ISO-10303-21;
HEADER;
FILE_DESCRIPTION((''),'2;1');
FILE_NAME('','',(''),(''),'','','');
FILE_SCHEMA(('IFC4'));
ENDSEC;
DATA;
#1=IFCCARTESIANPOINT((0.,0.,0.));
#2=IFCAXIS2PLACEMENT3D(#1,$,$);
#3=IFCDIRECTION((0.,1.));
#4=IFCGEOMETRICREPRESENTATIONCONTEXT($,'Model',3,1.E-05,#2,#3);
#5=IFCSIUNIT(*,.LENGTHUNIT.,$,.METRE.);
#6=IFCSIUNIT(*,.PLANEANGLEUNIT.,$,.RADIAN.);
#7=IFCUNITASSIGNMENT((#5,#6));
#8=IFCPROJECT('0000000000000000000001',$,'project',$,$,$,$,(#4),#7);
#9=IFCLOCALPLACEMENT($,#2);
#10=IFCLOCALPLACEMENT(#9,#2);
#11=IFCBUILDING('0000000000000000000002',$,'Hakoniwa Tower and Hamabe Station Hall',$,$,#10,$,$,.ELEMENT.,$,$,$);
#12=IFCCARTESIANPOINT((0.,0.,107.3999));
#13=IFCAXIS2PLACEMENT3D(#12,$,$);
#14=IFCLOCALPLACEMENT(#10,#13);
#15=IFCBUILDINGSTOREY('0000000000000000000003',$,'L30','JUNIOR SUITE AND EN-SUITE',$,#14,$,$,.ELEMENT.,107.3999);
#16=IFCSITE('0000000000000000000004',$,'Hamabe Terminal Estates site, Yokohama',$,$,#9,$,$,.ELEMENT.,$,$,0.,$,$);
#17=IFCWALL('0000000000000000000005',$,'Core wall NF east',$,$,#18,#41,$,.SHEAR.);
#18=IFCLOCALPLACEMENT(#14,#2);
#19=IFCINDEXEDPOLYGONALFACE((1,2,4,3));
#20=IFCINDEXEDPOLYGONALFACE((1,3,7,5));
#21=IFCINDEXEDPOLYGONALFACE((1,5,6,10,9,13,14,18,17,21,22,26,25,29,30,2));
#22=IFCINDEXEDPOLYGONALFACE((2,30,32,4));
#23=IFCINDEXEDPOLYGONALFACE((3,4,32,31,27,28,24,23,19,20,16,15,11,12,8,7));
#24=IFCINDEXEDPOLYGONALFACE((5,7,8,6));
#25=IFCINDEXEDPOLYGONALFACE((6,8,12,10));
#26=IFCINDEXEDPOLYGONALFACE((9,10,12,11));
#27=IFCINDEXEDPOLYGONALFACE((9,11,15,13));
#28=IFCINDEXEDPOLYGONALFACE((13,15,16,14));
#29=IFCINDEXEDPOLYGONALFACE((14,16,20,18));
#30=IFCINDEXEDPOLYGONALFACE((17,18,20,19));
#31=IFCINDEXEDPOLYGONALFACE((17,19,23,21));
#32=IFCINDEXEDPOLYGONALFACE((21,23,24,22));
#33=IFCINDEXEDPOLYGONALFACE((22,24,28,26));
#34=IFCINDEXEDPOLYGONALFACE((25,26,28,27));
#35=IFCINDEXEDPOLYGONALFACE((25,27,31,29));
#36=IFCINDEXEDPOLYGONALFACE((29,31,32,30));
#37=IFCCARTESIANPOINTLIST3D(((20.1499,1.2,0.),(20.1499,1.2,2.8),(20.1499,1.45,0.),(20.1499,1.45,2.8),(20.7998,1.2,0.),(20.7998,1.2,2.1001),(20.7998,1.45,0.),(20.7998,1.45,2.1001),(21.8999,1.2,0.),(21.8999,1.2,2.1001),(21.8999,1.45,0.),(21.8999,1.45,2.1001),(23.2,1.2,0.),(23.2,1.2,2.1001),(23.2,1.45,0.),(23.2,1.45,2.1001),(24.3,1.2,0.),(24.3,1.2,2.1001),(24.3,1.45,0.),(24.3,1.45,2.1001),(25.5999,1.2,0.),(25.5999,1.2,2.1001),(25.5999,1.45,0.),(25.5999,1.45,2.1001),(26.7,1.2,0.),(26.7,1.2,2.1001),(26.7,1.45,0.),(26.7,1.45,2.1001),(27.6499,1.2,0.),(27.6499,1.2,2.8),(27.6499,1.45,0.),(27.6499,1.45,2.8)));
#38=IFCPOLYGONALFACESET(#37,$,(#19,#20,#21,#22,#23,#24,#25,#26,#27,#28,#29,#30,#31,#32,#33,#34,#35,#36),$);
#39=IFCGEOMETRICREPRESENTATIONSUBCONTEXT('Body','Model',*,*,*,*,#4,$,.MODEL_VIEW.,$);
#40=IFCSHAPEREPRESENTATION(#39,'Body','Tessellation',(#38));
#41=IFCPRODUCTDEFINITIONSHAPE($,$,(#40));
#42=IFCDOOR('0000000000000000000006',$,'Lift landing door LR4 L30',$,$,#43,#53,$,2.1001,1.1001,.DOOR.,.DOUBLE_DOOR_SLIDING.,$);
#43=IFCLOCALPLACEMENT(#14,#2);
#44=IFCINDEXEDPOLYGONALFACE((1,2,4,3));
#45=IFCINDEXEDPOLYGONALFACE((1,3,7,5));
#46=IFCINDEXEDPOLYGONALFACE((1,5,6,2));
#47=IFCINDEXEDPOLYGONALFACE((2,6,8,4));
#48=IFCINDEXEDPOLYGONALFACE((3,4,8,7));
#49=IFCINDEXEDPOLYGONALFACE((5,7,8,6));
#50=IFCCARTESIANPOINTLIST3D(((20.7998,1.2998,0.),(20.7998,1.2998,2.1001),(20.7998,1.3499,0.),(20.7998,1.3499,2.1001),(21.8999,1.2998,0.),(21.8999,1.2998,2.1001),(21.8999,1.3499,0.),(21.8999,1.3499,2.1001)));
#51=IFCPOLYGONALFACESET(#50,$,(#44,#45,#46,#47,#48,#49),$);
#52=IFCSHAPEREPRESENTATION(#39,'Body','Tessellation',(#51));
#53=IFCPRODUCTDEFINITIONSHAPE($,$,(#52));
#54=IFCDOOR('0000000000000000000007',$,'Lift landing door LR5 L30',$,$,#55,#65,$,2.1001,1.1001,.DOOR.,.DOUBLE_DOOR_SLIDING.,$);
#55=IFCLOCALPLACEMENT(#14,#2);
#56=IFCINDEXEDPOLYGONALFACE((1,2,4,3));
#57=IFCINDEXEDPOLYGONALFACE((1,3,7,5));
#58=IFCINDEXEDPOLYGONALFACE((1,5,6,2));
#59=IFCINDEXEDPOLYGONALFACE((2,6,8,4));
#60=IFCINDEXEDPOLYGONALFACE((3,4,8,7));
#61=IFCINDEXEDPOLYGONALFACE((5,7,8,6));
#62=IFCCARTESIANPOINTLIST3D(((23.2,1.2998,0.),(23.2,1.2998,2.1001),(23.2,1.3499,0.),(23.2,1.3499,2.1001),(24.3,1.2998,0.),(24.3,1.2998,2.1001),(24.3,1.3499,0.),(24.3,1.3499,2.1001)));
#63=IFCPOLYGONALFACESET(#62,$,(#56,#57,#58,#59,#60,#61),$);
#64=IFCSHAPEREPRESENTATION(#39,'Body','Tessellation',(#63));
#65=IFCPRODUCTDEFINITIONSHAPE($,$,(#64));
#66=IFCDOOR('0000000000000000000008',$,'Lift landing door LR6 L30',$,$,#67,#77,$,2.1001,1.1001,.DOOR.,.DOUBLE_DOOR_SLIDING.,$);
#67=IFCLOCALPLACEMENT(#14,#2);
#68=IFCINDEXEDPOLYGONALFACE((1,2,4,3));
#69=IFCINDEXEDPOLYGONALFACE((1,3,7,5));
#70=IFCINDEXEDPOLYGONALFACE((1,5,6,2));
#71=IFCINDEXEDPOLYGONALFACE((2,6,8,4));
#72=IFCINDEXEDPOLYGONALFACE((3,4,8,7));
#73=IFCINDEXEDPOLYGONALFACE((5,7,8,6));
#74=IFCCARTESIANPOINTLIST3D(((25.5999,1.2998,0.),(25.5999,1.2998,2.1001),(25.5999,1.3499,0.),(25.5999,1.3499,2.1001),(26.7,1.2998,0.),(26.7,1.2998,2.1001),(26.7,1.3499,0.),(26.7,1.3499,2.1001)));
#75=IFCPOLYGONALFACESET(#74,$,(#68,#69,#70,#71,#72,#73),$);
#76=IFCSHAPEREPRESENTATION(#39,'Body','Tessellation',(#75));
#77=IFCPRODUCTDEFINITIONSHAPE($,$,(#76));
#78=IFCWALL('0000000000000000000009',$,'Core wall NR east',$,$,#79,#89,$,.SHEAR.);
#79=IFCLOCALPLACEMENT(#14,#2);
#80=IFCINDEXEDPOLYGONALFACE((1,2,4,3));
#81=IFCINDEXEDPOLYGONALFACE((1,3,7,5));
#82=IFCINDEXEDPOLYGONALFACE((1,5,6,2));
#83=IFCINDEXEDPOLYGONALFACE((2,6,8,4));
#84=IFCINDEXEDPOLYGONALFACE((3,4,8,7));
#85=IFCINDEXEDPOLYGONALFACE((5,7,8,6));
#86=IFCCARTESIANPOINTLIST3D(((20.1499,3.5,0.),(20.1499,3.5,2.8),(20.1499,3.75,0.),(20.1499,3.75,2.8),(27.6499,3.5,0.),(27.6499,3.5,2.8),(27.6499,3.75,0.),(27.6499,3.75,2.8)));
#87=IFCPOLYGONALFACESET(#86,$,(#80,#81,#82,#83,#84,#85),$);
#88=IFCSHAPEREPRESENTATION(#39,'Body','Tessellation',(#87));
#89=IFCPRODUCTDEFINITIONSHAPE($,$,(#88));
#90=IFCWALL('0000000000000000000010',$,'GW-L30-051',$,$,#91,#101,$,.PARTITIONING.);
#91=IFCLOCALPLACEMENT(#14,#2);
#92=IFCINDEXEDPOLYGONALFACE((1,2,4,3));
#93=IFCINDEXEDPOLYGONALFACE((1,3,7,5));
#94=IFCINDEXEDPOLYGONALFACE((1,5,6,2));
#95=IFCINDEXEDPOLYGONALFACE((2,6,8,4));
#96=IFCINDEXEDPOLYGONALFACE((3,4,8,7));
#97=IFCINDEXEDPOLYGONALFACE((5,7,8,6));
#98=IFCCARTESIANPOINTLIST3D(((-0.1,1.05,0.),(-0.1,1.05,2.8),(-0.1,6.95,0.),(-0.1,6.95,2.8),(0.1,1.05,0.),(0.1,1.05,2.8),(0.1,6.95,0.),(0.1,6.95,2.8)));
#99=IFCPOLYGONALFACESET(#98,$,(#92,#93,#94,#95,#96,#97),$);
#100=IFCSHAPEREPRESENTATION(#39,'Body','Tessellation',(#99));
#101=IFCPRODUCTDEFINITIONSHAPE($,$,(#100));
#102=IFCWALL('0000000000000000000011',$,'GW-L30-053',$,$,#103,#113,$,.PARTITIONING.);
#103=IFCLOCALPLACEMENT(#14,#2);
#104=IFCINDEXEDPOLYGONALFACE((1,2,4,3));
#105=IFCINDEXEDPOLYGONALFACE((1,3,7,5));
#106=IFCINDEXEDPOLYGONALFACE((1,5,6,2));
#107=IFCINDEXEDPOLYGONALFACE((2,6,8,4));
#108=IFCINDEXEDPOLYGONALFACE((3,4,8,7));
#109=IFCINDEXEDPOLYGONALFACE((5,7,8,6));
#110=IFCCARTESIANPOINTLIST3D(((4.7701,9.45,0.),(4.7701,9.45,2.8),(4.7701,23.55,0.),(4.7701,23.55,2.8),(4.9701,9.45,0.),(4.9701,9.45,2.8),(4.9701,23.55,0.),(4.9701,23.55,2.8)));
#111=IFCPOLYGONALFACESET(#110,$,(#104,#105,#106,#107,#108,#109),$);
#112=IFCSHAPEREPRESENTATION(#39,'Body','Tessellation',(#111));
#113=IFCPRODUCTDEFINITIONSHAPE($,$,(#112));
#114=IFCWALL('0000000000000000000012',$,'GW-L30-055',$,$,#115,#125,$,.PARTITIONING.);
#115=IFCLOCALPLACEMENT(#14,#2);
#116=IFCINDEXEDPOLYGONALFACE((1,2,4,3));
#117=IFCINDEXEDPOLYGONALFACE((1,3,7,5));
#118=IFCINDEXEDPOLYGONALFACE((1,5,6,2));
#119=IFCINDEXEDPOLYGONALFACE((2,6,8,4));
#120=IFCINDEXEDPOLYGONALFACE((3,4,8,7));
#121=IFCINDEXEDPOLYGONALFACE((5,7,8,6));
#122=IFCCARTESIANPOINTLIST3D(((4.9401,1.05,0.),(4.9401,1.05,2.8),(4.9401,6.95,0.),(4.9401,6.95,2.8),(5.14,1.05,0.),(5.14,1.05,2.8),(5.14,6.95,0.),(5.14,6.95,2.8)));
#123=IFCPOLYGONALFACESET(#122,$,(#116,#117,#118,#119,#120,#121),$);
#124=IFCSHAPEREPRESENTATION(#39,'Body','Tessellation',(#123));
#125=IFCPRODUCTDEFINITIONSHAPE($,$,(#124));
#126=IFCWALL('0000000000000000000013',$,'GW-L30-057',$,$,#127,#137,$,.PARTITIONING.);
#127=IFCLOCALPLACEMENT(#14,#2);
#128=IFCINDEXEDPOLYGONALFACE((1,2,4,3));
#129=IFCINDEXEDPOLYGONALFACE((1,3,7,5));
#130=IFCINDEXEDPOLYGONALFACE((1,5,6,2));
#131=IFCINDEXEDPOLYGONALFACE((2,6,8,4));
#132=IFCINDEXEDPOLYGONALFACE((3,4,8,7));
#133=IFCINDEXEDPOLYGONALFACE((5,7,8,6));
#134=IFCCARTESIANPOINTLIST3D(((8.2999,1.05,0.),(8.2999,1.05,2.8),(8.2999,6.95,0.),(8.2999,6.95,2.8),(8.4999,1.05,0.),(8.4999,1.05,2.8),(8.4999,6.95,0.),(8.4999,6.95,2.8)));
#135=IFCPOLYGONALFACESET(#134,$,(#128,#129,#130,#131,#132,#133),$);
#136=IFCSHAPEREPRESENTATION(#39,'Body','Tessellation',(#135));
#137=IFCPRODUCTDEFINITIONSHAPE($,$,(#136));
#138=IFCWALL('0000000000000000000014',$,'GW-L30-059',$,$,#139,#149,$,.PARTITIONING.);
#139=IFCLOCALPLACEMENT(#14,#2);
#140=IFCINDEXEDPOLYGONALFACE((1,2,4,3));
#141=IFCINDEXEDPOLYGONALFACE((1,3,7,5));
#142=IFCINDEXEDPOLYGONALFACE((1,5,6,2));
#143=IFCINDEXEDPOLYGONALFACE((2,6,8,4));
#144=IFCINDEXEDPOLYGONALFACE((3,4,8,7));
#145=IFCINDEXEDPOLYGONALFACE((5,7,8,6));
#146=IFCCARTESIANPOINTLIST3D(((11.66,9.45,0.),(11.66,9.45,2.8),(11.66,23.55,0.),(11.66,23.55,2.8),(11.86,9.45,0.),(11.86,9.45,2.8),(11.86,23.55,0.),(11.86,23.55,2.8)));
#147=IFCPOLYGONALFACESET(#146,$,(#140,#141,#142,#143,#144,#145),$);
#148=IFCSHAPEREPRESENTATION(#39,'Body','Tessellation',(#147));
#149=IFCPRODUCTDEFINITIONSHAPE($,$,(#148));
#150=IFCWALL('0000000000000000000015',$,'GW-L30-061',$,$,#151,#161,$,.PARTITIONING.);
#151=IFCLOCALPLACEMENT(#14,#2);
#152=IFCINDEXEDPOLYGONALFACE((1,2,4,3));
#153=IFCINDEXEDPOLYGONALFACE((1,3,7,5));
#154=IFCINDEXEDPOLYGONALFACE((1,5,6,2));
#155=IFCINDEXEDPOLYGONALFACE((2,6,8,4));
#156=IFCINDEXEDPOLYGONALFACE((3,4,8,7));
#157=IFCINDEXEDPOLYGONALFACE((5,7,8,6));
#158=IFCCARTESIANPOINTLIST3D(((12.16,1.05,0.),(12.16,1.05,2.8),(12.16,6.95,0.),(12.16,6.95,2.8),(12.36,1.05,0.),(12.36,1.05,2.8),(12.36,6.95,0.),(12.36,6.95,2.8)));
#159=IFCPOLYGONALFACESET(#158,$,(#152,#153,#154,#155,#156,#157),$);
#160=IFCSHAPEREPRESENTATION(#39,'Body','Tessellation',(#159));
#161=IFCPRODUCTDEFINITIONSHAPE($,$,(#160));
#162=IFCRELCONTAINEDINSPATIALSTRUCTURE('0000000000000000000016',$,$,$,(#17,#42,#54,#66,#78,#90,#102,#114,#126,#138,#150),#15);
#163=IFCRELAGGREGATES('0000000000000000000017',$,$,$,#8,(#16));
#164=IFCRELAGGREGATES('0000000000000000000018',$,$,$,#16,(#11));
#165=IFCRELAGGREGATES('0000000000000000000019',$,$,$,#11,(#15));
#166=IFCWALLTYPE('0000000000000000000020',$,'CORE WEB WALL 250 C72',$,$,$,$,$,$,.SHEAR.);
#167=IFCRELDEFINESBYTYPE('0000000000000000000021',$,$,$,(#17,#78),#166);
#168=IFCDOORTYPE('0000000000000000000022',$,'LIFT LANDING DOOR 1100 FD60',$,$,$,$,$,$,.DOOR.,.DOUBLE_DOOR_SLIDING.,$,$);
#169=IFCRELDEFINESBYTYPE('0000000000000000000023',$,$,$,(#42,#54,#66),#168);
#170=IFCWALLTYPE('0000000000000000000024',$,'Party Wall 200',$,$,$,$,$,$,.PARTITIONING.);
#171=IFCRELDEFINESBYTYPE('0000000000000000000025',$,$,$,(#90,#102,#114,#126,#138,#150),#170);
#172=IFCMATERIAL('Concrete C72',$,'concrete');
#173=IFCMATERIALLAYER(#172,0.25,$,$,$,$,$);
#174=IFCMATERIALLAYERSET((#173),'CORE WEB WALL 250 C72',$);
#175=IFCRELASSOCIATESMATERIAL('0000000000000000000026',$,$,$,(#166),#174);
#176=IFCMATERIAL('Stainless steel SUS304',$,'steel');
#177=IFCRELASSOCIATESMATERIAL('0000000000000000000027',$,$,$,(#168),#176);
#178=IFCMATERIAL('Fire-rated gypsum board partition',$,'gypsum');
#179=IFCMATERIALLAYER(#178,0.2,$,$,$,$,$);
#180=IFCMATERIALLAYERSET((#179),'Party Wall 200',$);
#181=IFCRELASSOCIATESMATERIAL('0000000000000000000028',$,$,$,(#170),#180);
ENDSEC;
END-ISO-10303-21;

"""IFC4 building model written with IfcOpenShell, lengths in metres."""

from ifc_helpers import new_model, si_unit, direction, frame, frame_2d, origin, place, context, subcontext, project, spatial, rectangle, extrude, material, layer, layer_set, type_object, element, fill, save


model = new_model("IFC4")

# Units and contexts
model_context = context("Model", 3, precision=1e-05, world=origin(), true_north=direction((0.0, 1.0)))
body_context = subcontext(model_context, "Body", "Model", "MODEL_VIEW")
ifc_project = project(units=[si_unit("LENGTHUNIT", "METRE"), si_unit("PLANEANGLEUNIT", "RADIAN")], contexts=[model_context])

# Site, building, storey
site_placement = place(None, origin())
site = spatial("IfcSite", under=ifc_project, at=site_placement, Name="Hamabe Terminal Estates site, Yokohama", CompositionType="ELEMENT", RefElevation=0.0)
building_placement = place(site_placement, origin())
building = spatial("IfcBuilding", under=site, at=building_placement, Name="Hakoniwa Tower and Hamabe Station Hall", CompositionType="ELEMENT")
storey_placement = place(building_placement, frame((0.0, 0.0, 107.3999)))
storey = spatial("IfcBuildingStorey", under=building, at=storey_placement, Name="L30", Description="JUNIOR SUITE AND EN-SUITE", CompositionType="ELEMENT", Elevation=107.3999)

# Shared definitions
ifc_material_1 = material(Name="Concrete C72", Category="concrete")
ifc_layer_1 = layer(ifc_material_1, 0.25)
ifc_layer_set_1 = layer_set([ifc_layer_1], Name="CORE WEB WALL 250 C72")
wall_type_1 = type_object("IfcWallType", Name="CORE WEB WALL 250 C72", PredefinedType="SHEAR", material=ifc_layer_set_1)

# Wall, openings, doors
wall_1_placement = place(storey_placement, frame((20.1499, 1.325, 0.0), z_axis=(0.0, 0.0, 1.0), x_axis=(1.0, 0.0, 0.0)))
wall_1 = element("IfcWall", 1, at=wall_1_placement, inside=storey, type_object=wall_type_1, Name="Core wall NF east", PredefinedType="SHEAR", context=body_context, shape_type="SweptSolid", body=[
    extrude(rectangle(XDim=7.5, YDim=0.25, at=frame_2d((3.75, 0.0))), origin(), (0.0, 0.0, 1.0), 2.8),
])
opening_1_placement = place(wall_1_placement, frame((0.6499, 0.0, 0.0)))
opening_1 = element("IfcOpeningElement", 2, at=opening_1_placement, cuts=wall_1, PredefinedType="OPENING", context=body_context, shape_type="SweptSolid", body=[
    extrude(rectangle(XDim=1.1001, YDim=2.1001, at=frame_2d((0.55, 1.05))), frame((0.0, 0.135, 0.0), z_axis=(0.0, -1.0, 0.0), x_axis=(1.0, 0.0, 0.0)), (0.0, 0.0, 1.0), 0.27),
])
opening_2_placement = place(wall_1_placement, frame((3.05, 0.0, 0.0)))
opening_2 = element("IfcOpeningElement", 3, at=opening_2_placement, cuts=wall_1, PredefinedType="OPENING", context=body_context, shape_type="SweptSolid", body=[
    extrude(rectangle(XDim=1.1001, YDim=2.1001, at=frame_2d((0.55, 1.05))), frame((0.0, 0.135, 0.0), z_axis=(0.0, -1.0, 0.0), x_axis=(1.0, 0.0, 0.0)), (0.0, 0.0, 1.0), 0.27),
])
opening_3_placement = place(wall_1_placement, frame((5.45, 0.0, 0.0)))
opening_3 = element("IfcOpeningElement", 4, at=opening_3_placement, cuts=wall_1, PredefinedType="OPENING", context=body_context, shape_type="SweptSolid", body=[
    extrude(rectangle(XDim=1.1001, YDim=2.1001, at=frame_2d((0.55, 1.05))), frame((0.0, 0.135, 0.0), z_axis=(0.0, -1.0, 0.0), x_axis=(1.0, 0.0, 0.0)), (0.0, 0.0, 1.0), 0.27),
])
ifc_material_2 = material(Name="Stainless steel SUS304", Category="steel")
door_type_1 = type_object("IfcDoorType", Name="LIFT LANDING DOOR 1100 FD60", OperationType="DOUBLE_DOOR_SLIDING", PredefinedType="DOOR", material=ifc_material_2)
door_1_placement = place(opening_1_placement, origin())
door_1 = element("IfcDoor", 5, at=door_1_placement, inside=storey, type_object=door_type_1, Name="Lift landing door LR4 L30", OperationType="DOUBLE_DOOR_SLIDING", OverallHeight=2.1001, OverallWidth=1.1001, PredefinedType="DOOR", context=body_context, shape_type="SweptSolid", body=[
    extrude(rectangle(XDim=1.1001, YDim=2.1001, at=frame_2d((0.55, 1.05))), frame((0.0, 0.0249, 0.0), z_axis=(0.0, -1.0, 0.0), x_axis=(1.0, 0.0, 0.0)), (0.0, 0.0, 1.0), 0.05),
])
fill(opening_1, door_1)
door_2_placement = place(opening_2_placement, origin())
door_2 = element("IfcDoor", 6, at=door_2_placement, inside=storey, type_object=door_type_1, Name="Lift landing door LR5 L30", OperationType="DOUBLE_DOOR_SLIDING", OverallHeight=2.1001, OverallWidth=1.1001, PredefinedType="DOOR", context=body_context, shape_type="SweptSolid", body=[
    extrude(rectangle(XDim=1.1001, YDim=2.1001, at=frame_2d((0.55, 1.05))), frame((0.0, 0.0249, 0.0), z_axis=(0.0, -1.0, 0.0), x_axis=(1.0, 0.0, 0.0)), (0.0, 0.0, 1.0), 0.05),
])
fill(opening_2, door_2)
door_3_placement = place(opening_3_placement, origin())
door_3 = element("IfcDoor", 7, at=door_3_placement, inside=storey, type_object=door_type_1, Name="Lift landing door LR6 L30", OperationType="DOUBLE_DOOR_SLIDING", OverallHeight=2.1001, OverallWidth=1.1001, PredefinedType="DOOR", context=body_context, shape_type="SweptSolid", body=[
    extrude(rectangle(XDim=1.1001, YDim=2.1001, at=frame_2d((0.55, 1.05))), frame((0.0, 0.0249, 0.0), z_axis=(0.0, -1.0, 0.0), x_axis=(1.0, 0.0, 0.0)), (0.0, 0.0, 1.0), 0.05),
])
fill(opening_3, door_3)

# Walls
wall_2_placement = place(storey_placement, frame((20.1499, 3.625, 0.0), z_axis=(0.0, 0.0, 1.0), x_axis=(1.0, 0.0, 0.0)))
element("IfcWall", 8, at=wall_2_placement, inside=storey, type_object=wall_type_1, Name="Core wall NR east", PredefinedType="SHEAR", context=body_context, shape_type="SweptSolid", body=[
    extrude(rectangle(XDim=7.5, YDim=0.25, at=frame_2d((3.75, 0.0))), origin(), (0.0, 0.0, 1.0), 2.8),
])
ifc_material_3 = material(Name="Fire-rated gypsum board partition", Category="gypsum")
ifc_layer_2 = layer(ifc_material_3, 0.2)
ifc_layer_set_2 = layer_set([ifc_layer_2], Name="Party Wall 200")
wall_type_2 = type_object("IfcWallType", Name="Party Wall 200", PredefinedType="PARTITIONING", material=ifc_layer_set_2)
wall_3_placement = place(storey_placement, frame((0.0, 1.05, 0.0), z_axis=(0.0, 0.0, 1.0), x_axis=(0.0, 1.0, 0.0)))
element("IfcWall", 9, at=wall_3_placement, inside=storey, type_object=wall_type_2, Name="GW-L30-051", PredefinedType="PARTITIONING", context=body_context, shape_type="SweptSolid", body=[
    extrude(rectangle(XDim=5.8999, YDim=0.2, at=frame_2d((2.95, 0.0))), origin(), (0.0, 0.0, 1.0), 2.8),
])
wall_4_placement = place(storey_placement, frame((4.8701, 9.45, 0.0), z_axis=(0.0, 0.0, 1.0), x_axis=(0.0, 1.0, 0.0)))
element("IfcWall", 10, at=wall_4_placement, inside=storey, type_object=wall_type_2, Name="GW-L30-053", PredefinedType="PARTITIONING", context=body_context, shape_type="SweptSolid", body=[
    extrude(rectangle(XDim=14.1001, YDim=0.2, at=frame_2d((7.05, 0.0))), origin(), (0.0, 0.0, 1.0), 2.8),
])
for number, where, z_axis, x_axis, name in (
    (11, (5.04, 1.05, 0.0), (0.0, 0.0, 1.0), (0.0, 1.0, 0.0), "GW-L30-055"),
    (12, (8.3999, 1.05, 0.0), (0.0, 0.0, 1.0), (0.0, 1.0, 0.0), "GW-L30-057"),
):
    element("IfcWall", number, at=place(storey_placement, frame(where, z_axis=z_axis, x_axis=x_axis)), inside=storey, type_object=wall_type_2, Name=name, PredefinedType="PARTITIONING", context=body_context, shape_type="SweptSolid", body=[
        extrude(rectangle(XDim=5.8999, YDim=0.2, at=frame_2d((2.95, 0.0))), origin(), (0.0, 0.0, 1.0), 2.8),
    ])
wall_5_placement = place(storey_placement, frame((11.76, 9.45, 0.0), z_axis=(0.0, 0.0, 1.0), x_axis=(0.0, 1.0, 0.0)))
element("IfcWall", 13, at=wall_5_placement, inside=storey, type_object=wall_type_2, Name="GW-L30-059", PredefinedType="PARTITIONING", context=body_context, shape_type="SweptSolid", body=[
    extrude(rectangle(XDim=14.1001, YDim=0.2, at=frame_2d((7.05, 0.0))), origin(), (0.0, 0.0, 1.0), 2.8),
])
wall_6_placement = place(storey_placement, frame((12.26, 1.05, 0.0), z_axis=(0.0, 0.0, 1.0), x_axis=(0.0, 1.0, 0.0)))
element("IfcWall", 14, at=wall_6_placement, inside=storey, type_object=wall_type_2, Name="GW-L30-061", PredefinedType="PARTITIONING", context=body_context, shape_type="SweptSolid", body=[
    extrude(rectangle(XDim=5.8999, YDim=0.2, at=frame_2d((2.95, 0.0))), origin(), (0.0, 0.0, 1.0), 2.8),
])

save(model, "model.ifc")
